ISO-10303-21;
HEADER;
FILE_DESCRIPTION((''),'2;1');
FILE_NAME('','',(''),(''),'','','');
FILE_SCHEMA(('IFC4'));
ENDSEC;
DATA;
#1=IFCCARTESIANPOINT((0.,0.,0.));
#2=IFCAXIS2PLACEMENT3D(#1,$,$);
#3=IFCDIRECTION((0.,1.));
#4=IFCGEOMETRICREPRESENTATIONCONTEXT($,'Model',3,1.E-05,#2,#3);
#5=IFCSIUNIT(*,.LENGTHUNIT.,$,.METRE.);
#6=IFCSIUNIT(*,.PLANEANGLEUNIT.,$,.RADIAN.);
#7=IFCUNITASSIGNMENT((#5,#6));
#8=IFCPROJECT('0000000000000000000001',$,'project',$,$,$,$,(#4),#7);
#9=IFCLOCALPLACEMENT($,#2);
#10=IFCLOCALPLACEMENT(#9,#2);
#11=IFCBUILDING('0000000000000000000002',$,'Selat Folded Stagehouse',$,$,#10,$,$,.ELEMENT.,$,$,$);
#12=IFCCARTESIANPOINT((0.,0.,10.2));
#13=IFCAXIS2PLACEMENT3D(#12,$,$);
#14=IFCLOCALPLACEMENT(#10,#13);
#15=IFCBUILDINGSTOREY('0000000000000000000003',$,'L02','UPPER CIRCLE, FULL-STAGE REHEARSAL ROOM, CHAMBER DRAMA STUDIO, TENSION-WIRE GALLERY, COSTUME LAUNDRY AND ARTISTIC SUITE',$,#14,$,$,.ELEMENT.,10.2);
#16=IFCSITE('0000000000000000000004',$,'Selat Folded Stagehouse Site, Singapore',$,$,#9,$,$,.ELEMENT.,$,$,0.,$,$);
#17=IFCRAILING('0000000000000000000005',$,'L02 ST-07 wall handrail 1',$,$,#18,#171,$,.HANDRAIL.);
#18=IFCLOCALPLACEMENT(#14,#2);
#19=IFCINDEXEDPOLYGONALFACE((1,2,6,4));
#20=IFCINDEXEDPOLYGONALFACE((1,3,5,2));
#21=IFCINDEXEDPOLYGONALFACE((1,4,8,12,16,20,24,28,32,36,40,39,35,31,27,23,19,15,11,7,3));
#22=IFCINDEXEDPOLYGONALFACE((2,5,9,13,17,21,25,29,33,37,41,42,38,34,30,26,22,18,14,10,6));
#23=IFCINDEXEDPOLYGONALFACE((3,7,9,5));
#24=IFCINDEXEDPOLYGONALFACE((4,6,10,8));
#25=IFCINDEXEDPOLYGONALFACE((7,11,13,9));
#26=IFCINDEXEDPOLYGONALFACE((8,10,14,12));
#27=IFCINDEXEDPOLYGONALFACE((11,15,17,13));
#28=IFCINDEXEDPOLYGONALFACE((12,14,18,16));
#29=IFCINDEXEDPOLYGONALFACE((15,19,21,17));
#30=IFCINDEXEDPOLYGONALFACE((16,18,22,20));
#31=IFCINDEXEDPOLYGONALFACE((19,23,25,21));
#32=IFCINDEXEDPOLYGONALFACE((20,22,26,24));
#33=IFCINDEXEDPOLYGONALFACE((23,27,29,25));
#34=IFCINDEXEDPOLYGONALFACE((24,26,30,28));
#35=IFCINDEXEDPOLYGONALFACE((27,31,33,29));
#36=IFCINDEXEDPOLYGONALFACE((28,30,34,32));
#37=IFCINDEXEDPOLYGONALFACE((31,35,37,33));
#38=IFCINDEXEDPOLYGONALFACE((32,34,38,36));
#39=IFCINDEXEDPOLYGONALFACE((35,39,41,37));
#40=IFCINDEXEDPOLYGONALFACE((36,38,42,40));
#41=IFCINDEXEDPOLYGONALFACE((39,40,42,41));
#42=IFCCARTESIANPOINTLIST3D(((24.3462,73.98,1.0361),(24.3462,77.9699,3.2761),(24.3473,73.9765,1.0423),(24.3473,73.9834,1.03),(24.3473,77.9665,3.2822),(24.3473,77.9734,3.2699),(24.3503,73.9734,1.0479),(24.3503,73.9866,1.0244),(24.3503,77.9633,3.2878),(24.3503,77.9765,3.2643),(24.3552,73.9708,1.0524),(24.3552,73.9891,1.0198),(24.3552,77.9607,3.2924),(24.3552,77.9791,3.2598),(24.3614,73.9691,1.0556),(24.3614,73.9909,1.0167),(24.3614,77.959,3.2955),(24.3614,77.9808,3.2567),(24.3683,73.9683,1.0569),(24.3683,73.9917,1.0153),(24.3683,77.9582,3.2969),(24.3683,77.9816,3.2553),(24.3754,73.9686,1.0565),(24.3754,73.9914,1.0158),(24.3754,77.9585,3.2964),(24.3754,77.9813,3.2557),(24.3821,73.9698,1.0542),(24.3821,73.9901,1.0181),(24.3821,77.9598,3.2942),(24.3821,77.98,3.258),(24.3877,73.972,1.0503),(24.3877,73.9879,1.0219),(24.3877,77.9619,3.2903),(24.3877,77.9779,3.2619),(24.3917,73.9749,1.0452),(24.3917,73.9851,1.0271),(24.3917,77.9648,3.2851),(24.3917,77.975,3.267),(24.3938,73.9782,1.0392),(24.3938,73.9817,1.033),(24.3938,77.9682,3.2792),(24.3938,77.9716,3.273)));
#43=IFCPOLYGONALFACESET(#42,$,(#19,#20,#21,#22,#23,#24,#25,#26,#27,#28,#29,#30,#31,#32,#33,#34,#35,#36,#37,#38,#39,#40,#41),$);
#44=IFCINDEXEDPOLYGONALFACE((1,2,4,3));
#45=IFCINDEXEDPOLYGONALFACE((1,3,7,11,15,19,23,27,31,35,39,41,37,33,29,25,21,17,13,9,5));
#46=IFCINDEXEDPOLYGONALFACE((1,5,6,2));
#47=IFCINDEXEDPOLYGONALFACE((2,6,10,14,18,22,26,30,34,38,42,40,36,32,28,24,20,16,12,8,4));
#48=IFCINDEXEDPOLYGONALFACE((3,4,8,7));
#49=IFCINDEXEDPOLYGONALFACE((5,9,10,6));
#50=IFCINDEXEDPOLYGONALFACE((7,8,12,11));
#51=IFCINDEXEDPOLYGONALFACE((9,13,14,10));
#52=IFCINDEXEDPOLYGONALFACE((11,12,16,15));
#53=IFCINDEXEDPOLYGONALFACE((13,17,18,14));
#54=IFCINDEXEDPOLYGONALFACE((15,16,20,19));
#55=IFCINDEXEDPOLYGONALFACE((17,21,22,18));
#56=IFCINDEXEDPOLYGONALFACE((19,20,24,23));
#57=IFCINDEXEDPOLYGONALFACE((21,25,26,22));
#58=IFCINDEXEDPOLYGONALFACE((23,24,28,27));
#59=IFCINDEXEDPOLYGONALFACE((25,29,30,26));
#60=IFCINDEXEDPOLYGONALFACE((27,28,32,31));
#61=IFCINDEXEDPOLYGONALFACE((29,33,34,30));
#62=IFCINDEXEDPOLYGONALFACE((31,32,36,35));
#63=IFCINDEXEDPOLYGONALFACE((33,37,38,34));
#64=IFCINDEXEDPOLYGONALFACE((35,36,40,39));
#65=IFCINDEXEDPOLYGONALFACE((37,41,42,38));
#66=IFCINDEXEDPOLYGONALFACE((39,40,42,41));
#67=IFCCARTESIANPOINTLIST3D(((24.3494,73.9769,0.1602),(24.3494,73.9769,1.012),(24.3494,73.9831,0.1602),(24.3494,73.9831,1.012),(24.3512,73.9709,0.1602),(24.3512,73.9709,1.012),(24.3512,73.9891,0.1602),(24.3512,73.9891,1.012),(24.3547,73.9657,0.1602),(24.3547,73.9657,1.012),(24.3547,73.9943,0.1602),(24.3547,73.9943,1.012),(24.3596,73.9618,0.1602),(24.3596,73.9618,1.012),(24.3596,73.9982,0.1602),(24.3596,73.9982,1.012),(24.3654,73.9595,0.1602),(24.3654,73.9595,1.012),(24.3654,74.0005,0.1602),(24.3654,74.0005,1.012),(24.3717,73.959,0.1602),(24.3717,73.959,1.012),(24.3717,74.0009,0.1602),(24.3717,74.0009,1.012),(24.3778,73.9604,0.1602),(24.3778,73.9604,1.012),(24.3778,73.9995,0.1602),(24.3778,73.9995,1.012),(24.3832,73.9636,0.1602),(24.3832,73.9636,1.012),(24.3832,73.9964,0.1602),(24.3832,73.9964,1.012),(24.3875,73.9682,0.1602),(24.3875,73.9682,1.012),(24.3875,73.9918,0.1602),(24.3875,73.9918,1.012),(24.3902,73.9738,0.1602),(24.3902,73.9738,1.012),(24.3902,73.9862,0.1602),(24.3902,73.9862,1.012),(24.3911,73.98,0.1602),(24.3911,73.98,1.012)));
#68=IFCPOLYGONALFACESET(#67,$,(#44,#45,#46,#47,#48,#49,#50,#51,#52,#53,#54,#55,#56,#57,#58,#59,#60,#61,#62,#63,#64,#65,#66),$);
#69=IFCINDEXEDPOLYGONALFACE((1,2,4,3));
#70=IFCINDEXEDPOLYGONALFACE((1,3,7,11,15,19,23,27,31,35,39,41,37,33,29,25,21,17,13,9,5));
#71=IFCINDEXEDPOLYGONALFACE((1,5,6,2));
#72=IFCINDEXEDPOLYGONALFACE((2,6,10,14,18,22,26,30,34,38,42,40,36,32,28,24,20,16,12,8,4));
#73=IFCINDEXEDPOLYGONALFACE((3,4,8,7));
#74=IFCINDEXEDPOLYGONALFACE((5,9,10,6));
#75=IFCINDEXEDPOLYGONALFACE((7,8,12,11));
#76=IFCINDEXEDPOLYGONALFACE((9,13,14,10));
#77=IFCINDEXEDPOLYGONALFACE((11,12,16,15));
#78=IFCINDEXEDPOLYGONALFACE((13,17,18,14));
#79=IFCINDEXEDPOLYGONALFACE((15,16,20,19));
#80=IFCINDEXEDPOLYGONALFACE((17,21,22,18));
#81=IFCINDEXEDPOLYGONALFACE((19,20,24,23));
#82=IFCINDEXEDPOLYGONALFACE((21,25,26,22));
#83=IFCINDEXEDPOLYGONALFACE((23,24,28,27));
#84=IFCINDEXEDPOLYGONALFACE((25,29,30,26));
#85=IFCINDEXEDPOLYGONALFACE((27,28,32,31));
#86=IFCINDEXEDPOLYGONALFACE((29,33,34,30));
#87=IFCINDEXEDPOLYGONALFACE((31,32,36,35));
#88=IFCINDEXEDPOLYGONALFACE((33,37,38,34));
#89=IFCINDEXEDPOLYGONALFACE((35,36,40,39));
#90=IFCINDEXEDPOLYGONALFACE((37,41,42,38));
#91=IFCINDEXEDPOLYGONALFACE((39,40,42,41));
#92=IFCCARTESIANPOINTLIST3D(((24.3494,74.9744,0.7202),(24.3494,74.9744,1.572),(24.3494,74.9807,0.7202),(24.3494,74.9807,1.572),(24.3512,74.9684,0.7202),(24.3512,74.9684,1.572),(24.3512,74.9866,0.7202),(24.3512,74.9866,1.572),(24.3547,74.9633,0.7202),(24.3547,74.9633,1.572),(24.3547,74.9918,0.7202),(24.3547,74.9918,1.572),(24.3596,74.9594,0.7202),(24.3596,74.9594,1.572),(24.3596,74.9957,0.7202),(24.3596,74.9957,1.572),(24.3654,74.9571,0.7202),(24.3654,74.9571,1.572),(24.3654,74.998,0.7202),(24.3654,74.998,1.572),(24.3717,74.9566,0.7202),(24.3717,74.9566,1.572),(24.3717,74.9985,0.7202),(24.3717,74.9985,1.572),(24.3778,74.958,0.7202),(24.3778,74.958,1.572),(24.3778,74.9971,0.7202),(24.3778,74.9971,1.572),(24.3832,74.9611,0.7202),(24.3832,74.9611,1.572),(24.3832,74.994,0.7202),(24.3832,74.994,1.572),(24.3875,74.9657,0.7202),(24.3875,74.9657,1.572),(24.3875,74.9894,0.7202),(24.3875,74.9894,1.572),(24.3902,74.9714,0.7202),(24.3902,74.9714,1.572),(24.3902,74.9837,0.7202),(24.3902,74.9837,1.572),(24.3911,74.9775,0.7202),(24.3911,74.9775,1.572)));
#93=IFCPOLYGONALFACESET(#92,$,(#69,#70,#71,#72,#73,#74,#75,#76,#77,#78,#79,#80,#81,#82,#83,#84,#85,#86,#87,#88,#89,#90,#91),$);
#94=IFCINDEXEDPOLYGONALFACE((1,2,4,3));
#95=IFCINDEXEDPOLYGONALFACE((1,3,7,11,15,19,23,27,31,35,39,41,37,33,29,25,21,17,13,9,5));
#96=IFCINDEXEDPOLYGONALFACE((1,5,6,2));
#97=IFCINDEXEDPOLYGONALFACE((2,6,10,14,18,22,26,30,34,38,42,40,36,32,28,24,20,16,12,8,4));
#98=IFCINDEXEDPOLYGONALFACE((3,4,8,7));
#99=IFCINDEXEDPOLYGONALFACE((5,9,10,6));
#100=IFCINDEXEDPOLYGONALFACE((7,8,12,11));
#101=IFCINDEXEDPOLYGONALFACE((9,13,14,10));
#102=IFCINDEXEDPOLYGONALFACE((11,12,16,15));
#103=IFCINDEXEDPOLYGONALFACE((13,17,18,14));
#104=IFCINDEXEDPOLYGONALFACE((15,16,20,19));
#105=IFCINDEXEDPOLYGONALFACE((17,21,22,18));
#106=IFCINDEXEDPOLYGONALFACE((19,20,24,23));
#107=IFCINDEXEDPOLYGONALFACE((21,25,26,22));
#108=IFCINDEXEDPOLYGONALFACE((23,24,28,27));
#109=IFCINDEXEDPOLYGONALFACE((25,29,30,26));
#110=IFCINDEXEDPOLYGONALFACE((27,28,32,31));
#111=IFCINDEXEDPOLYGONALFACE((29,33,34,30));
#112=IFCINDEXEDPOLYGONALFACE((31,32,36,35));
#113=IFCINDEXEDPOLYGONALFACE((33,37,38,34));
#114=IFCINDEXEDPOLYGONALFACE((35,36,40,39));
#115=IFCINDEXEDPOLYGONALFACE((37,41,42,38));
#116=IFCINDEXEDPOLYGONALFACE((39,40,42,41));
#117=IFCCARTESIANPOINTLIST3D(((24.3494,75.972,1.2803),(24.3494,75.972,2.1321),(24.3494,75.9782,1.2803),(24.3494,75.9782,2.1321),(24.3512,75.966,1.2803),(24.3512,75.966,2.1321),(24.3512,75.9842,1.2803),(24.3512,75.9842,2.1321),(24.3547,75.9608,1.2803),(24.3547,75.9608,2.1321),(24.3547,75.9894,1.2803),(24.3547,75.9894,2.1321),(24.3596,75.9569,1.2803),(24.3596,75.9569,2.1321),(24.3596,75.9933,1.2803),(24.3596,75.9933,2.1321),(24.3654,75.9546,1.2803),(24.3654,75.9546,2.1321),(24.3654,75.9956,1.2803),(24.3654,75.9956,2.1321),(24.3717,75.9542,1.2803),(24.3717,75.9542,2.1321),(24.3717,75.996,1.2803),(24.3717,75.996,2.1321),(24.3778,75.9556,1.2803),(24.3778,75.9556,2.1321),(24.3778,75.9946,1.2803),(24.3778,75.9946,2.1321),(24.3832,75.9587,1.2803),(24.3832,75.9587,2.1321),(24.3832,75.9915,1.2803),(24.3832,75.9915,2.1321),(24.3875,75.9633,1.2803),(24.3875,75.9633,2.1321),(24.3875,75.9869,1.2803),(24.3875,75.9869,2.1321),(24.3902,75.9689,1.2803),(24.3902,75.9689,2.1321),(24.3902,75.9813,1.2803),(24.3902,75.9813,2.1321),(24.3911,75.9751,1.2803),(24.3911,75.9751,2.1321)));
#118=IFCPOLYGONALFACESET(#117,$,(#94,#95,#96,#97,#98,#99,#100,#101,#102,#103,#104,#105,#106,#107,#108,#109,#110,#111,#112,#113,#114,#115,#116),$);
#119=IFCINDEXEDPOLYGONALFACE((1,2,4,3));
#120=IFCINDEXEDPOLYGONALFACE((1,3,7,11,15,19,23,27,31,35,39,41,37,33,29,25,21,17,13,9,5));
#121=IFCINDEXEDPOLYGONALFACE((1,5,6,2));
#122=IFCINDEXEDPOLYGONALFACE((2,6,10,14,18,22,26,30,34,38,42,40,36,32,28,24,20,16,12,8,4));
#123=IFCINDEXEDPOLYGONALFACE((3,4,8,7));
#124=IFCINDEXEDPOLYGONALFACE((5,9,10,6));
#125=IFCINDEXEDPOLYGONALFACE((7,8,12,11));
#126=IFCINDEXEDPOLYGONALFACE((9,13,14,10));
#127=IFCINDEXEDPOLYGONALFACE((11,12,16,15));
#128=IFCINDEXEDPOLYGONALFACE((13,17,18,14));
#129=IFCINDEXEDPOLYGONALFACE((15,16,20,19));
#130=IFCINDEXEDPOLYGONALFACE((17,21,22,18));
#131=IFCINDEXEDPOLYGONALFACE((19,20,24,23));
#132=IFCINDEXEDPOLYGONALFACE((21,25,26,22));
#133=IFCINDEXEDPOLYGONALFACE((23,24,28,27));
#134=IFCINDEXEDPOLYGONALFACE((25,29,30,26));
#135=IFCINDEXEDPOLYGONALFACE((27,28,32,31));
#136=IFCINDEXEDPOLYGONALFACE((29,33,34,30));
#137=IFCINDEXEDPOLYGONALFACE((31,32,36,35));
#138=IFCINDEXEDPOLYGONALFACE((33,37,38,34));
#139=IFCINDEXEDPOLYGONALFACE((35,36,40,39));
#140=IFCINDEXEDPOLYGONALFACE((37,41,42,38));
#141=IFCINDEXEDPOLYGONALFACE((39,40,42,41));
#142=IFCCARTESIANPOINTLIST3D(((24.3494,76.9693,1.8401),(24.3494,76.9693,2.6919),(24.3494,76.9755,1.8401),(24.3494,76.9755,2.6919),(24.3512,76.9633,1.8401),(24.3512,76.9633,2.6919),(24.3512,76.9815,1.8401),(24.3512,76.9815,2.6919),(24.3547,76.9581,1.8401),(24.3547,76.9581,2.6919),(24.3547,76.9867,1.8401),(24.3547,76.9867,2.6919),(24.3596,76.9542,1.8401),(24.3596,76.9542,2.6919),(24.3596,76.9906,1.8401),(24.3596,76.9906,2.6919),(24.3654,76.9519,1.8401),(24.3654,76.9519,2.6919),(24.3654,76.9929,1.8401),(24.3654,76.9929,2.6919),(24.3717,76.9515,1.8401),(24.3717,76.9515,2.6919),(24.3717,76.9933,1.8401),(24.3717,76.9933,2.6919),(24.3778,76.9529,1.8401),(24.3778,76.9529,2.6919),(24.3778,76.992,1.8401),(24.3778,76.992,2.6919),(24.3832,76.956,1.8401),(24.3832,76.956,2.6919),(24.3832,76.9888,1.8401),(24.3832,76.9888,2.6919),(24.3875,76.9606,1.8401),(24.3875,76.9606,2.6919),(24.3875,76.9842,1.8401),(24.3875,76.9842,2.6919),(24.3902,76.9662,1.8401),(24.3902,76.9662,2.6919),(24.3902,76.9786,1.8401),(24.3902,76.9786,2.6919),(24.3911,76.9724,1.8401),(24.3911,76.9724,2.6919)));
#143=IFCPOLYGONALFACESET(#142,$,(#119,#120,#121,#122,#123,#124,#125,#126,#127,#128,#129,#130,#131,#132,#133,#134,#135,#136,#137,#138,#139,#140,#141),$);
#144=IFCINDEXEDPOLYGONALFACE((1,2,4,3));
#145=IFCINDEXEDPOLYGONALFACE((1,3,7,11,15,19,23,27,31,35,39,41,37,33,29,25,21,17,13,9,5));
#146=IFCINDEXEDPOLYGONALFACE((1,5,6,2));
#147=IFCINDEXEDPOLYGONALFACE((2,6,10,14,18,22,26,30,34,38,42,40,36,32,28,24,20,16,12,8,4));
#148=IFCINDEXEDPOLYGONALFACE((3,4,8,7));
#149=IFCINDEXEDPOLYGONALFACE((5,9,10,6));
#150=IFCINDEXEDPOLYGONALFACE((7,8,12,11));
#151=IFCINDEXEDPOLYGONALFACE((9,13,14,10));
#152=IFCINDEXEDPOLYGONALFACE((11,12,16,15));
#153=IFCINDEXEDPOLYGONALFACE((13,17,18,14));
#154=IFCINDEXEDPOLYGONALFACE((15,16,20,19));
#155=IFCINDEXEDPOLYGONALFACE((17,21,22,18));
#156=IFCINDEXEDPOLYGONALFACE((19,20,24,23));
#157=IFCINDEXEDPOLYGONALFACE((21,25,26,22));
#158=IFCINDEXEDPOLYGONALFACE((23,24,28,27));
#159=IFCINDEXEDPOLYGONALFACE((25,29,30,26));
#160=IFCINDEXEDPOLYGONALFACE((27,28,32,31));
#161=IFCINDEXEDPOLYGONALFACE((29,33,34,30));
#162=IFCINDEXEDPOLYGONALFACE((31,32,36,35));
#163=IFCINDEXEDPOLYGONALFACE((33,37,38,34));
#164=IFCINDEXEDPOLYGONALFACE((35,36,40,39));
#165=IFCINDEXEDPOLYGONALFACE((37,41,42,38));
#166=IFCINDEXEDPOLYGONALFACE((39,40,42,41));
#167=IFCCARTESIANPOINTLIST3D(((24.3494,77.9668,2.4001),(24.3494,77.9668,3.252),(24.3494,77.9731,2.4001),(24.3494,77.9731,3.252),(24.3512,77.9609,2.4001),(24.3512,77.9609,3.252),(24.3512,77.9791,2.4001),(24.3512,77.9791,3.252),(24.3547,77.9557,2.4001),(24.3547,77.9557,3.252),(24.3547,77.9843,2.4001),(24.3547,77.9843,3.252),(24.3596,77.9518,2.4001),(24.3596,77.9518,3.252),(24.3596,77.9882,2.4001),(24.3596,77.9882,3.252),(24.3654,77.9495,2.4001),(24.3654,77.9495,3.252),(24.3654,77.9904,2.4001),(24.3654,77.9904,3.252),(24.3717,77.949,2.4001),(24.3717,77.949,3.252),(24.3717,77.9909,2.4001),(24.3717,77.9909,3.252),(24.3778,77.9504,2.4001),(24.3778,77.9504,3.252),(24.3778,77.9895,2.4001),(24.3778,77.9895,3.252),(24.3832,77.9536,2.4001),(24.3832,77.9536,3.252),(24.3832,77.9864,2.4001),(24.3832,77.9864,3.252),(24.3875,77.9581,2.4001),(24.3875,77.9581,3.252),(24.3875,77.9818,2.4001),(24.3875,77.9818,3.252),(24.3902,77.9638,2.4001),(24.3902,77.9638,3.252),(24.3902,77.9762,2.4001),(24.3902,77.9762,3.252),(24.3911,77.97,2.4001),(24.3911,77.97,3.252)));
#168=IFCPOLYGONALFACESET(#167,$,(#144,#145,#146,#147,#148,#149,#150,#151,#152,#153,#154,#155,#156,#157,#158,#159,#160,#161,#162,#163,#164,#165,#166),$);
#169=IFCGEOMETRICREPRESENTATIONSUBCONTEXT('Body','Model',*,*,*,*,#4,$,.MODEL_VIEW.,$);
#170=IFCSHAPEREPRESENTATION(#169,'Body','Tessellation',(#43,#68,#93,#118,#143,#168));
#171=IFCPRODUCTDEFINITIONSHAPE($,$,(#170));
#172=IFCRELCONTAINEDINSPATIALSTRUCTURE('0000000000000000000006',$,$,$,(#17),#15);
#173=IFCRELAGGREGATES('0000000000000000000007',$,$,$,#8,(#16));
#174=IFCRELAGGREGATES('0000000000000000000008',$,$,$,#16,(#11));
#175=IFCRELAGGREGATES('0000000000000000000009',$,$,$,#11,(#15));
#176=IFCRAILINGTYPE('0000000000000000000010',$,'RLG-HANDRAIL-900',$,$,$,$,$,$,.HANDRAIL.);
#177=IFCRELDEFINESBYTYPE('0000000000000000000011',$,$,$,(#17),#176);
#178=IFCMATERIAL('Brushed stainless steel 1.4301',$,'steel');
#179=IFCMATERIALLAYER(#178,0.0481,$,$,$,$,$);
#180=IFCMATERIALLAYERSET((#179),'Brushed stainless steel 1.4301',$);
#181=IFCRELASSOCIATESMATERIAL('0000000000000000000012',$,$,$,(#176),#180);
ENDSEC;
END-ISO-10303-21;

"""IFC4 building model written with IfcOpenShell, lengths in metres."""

from ifc_helpers import new_model, si_unit, direction, frame, origin, origin_2d, place, context, subcontext, project, spatial, circle, extrude, material, layer, layer_set, type_object, element, save


model = new_model("IFC4")

# Units and contexts
model_context = context("Model", 3, precision=1e-05, world=origin(), true_north=direction((0.0, 1.0)))
body_context = subcontext(model_context, "Body", "Model", "MODEL_VIEW")
ifc_project = project(units=[si_unit("LENGTHUNIT", "METRE"), si_unit("PLANEANGLEUNIT", "RADIAN")], contexts=[model_context])

# Site, building, storey
site_placement = place(None, origin())
site = spatial("IfcSite", under=ifc_project, at=site_placement, Name="Selat Folded Stagehouse Site, Singapore", CompositionType="ELEMENT", RefElevation=0.0)
building_placement = place(site_placement, origin())
building = spatial("IfcBuilding", under=site, at=building_placement, Name="Selat Folded Stagehouse", CompositionType="ELEMENT")
storey_placement = place(building_placement, frame((0.0, 0.0, 10.2)))
storey = spatial("IfcBuildingStorey", under=building, at=storey_placement, Name="L02", Description="UPPER CIRCLE, FULL-STAGE REHEARSAL ROOM, CHAMBER DRAMA STUDIO, TENSION-WIRE GALLERY, COSTUME LAUNDRY AND ARTISTIC SUITE", CompositionType="ELEMENT", Elevation=10.2)

# Railing
ifc_material_1 = material(Name="Brushed stainless steel 1.4301", Category="steel")
ifc_layer_1 = layer(ifc_material_1, 0.0481)
ifc_layer_set_1 = layer_set([ifc_layer_1], Name="Brushed stainless steel 1.4301")
railing_type_1 = type_object("IfcRailingType", Name="RLG-HANDRAIL-900", PredefinedType="HANDRAIL", material=ifc_layer_set_1)
railing_1_placement = place(storey_placement, frame((24.3701, 73.98, 0.1602)))
element("IfcRailing", 1, at=railing_1_placement, inside=storey, type_object=railing_type_1, Name="L02 ST-07 wall handrail 1", PredefinedType="HANDRAIL", context=body_context, shape_type="SweptSolid", body=[
    extrude(circle(Radius=0.0239, at=origin_2d()), frame((0.0, 0.0, 0.876), z_axis=(0.0, 0.871984, 0.489534), x_axis=(-1.0, 0.0, 0.0)), (0.0, 0.0, 1.0), 4.5757),
    extrude(circle(Radius=0.021, at=origin_2d()), origin(), (0.0, 0.0, 1.0), 0.8518),
    extrude(circle(Radius=0.021, at=origin_2d()), frame((0.0, 0.9976, 0.5601)), (0.0, 0.0, 1.0), 0.8518),
    extrude(circle(Radius=0.021, at=origin_2d()), frame((0.0, 1.9951, 1.1201)), (0.0, 0.0, 1.0), 0.8518),
    extrude(circle(Radius=0.021, at=origin_2d()), frame((0.0, 2.9924, 1.6799)), (0.0, 0.0, 1.0), 0.8518),
    extrude(circle(Radius=0.021, at=origin_2d()), frame((0.0, 3.99, 2.24)), (0.0, 0.0, 1.0), 0.8518),
])

save(model, "model.ifc")
